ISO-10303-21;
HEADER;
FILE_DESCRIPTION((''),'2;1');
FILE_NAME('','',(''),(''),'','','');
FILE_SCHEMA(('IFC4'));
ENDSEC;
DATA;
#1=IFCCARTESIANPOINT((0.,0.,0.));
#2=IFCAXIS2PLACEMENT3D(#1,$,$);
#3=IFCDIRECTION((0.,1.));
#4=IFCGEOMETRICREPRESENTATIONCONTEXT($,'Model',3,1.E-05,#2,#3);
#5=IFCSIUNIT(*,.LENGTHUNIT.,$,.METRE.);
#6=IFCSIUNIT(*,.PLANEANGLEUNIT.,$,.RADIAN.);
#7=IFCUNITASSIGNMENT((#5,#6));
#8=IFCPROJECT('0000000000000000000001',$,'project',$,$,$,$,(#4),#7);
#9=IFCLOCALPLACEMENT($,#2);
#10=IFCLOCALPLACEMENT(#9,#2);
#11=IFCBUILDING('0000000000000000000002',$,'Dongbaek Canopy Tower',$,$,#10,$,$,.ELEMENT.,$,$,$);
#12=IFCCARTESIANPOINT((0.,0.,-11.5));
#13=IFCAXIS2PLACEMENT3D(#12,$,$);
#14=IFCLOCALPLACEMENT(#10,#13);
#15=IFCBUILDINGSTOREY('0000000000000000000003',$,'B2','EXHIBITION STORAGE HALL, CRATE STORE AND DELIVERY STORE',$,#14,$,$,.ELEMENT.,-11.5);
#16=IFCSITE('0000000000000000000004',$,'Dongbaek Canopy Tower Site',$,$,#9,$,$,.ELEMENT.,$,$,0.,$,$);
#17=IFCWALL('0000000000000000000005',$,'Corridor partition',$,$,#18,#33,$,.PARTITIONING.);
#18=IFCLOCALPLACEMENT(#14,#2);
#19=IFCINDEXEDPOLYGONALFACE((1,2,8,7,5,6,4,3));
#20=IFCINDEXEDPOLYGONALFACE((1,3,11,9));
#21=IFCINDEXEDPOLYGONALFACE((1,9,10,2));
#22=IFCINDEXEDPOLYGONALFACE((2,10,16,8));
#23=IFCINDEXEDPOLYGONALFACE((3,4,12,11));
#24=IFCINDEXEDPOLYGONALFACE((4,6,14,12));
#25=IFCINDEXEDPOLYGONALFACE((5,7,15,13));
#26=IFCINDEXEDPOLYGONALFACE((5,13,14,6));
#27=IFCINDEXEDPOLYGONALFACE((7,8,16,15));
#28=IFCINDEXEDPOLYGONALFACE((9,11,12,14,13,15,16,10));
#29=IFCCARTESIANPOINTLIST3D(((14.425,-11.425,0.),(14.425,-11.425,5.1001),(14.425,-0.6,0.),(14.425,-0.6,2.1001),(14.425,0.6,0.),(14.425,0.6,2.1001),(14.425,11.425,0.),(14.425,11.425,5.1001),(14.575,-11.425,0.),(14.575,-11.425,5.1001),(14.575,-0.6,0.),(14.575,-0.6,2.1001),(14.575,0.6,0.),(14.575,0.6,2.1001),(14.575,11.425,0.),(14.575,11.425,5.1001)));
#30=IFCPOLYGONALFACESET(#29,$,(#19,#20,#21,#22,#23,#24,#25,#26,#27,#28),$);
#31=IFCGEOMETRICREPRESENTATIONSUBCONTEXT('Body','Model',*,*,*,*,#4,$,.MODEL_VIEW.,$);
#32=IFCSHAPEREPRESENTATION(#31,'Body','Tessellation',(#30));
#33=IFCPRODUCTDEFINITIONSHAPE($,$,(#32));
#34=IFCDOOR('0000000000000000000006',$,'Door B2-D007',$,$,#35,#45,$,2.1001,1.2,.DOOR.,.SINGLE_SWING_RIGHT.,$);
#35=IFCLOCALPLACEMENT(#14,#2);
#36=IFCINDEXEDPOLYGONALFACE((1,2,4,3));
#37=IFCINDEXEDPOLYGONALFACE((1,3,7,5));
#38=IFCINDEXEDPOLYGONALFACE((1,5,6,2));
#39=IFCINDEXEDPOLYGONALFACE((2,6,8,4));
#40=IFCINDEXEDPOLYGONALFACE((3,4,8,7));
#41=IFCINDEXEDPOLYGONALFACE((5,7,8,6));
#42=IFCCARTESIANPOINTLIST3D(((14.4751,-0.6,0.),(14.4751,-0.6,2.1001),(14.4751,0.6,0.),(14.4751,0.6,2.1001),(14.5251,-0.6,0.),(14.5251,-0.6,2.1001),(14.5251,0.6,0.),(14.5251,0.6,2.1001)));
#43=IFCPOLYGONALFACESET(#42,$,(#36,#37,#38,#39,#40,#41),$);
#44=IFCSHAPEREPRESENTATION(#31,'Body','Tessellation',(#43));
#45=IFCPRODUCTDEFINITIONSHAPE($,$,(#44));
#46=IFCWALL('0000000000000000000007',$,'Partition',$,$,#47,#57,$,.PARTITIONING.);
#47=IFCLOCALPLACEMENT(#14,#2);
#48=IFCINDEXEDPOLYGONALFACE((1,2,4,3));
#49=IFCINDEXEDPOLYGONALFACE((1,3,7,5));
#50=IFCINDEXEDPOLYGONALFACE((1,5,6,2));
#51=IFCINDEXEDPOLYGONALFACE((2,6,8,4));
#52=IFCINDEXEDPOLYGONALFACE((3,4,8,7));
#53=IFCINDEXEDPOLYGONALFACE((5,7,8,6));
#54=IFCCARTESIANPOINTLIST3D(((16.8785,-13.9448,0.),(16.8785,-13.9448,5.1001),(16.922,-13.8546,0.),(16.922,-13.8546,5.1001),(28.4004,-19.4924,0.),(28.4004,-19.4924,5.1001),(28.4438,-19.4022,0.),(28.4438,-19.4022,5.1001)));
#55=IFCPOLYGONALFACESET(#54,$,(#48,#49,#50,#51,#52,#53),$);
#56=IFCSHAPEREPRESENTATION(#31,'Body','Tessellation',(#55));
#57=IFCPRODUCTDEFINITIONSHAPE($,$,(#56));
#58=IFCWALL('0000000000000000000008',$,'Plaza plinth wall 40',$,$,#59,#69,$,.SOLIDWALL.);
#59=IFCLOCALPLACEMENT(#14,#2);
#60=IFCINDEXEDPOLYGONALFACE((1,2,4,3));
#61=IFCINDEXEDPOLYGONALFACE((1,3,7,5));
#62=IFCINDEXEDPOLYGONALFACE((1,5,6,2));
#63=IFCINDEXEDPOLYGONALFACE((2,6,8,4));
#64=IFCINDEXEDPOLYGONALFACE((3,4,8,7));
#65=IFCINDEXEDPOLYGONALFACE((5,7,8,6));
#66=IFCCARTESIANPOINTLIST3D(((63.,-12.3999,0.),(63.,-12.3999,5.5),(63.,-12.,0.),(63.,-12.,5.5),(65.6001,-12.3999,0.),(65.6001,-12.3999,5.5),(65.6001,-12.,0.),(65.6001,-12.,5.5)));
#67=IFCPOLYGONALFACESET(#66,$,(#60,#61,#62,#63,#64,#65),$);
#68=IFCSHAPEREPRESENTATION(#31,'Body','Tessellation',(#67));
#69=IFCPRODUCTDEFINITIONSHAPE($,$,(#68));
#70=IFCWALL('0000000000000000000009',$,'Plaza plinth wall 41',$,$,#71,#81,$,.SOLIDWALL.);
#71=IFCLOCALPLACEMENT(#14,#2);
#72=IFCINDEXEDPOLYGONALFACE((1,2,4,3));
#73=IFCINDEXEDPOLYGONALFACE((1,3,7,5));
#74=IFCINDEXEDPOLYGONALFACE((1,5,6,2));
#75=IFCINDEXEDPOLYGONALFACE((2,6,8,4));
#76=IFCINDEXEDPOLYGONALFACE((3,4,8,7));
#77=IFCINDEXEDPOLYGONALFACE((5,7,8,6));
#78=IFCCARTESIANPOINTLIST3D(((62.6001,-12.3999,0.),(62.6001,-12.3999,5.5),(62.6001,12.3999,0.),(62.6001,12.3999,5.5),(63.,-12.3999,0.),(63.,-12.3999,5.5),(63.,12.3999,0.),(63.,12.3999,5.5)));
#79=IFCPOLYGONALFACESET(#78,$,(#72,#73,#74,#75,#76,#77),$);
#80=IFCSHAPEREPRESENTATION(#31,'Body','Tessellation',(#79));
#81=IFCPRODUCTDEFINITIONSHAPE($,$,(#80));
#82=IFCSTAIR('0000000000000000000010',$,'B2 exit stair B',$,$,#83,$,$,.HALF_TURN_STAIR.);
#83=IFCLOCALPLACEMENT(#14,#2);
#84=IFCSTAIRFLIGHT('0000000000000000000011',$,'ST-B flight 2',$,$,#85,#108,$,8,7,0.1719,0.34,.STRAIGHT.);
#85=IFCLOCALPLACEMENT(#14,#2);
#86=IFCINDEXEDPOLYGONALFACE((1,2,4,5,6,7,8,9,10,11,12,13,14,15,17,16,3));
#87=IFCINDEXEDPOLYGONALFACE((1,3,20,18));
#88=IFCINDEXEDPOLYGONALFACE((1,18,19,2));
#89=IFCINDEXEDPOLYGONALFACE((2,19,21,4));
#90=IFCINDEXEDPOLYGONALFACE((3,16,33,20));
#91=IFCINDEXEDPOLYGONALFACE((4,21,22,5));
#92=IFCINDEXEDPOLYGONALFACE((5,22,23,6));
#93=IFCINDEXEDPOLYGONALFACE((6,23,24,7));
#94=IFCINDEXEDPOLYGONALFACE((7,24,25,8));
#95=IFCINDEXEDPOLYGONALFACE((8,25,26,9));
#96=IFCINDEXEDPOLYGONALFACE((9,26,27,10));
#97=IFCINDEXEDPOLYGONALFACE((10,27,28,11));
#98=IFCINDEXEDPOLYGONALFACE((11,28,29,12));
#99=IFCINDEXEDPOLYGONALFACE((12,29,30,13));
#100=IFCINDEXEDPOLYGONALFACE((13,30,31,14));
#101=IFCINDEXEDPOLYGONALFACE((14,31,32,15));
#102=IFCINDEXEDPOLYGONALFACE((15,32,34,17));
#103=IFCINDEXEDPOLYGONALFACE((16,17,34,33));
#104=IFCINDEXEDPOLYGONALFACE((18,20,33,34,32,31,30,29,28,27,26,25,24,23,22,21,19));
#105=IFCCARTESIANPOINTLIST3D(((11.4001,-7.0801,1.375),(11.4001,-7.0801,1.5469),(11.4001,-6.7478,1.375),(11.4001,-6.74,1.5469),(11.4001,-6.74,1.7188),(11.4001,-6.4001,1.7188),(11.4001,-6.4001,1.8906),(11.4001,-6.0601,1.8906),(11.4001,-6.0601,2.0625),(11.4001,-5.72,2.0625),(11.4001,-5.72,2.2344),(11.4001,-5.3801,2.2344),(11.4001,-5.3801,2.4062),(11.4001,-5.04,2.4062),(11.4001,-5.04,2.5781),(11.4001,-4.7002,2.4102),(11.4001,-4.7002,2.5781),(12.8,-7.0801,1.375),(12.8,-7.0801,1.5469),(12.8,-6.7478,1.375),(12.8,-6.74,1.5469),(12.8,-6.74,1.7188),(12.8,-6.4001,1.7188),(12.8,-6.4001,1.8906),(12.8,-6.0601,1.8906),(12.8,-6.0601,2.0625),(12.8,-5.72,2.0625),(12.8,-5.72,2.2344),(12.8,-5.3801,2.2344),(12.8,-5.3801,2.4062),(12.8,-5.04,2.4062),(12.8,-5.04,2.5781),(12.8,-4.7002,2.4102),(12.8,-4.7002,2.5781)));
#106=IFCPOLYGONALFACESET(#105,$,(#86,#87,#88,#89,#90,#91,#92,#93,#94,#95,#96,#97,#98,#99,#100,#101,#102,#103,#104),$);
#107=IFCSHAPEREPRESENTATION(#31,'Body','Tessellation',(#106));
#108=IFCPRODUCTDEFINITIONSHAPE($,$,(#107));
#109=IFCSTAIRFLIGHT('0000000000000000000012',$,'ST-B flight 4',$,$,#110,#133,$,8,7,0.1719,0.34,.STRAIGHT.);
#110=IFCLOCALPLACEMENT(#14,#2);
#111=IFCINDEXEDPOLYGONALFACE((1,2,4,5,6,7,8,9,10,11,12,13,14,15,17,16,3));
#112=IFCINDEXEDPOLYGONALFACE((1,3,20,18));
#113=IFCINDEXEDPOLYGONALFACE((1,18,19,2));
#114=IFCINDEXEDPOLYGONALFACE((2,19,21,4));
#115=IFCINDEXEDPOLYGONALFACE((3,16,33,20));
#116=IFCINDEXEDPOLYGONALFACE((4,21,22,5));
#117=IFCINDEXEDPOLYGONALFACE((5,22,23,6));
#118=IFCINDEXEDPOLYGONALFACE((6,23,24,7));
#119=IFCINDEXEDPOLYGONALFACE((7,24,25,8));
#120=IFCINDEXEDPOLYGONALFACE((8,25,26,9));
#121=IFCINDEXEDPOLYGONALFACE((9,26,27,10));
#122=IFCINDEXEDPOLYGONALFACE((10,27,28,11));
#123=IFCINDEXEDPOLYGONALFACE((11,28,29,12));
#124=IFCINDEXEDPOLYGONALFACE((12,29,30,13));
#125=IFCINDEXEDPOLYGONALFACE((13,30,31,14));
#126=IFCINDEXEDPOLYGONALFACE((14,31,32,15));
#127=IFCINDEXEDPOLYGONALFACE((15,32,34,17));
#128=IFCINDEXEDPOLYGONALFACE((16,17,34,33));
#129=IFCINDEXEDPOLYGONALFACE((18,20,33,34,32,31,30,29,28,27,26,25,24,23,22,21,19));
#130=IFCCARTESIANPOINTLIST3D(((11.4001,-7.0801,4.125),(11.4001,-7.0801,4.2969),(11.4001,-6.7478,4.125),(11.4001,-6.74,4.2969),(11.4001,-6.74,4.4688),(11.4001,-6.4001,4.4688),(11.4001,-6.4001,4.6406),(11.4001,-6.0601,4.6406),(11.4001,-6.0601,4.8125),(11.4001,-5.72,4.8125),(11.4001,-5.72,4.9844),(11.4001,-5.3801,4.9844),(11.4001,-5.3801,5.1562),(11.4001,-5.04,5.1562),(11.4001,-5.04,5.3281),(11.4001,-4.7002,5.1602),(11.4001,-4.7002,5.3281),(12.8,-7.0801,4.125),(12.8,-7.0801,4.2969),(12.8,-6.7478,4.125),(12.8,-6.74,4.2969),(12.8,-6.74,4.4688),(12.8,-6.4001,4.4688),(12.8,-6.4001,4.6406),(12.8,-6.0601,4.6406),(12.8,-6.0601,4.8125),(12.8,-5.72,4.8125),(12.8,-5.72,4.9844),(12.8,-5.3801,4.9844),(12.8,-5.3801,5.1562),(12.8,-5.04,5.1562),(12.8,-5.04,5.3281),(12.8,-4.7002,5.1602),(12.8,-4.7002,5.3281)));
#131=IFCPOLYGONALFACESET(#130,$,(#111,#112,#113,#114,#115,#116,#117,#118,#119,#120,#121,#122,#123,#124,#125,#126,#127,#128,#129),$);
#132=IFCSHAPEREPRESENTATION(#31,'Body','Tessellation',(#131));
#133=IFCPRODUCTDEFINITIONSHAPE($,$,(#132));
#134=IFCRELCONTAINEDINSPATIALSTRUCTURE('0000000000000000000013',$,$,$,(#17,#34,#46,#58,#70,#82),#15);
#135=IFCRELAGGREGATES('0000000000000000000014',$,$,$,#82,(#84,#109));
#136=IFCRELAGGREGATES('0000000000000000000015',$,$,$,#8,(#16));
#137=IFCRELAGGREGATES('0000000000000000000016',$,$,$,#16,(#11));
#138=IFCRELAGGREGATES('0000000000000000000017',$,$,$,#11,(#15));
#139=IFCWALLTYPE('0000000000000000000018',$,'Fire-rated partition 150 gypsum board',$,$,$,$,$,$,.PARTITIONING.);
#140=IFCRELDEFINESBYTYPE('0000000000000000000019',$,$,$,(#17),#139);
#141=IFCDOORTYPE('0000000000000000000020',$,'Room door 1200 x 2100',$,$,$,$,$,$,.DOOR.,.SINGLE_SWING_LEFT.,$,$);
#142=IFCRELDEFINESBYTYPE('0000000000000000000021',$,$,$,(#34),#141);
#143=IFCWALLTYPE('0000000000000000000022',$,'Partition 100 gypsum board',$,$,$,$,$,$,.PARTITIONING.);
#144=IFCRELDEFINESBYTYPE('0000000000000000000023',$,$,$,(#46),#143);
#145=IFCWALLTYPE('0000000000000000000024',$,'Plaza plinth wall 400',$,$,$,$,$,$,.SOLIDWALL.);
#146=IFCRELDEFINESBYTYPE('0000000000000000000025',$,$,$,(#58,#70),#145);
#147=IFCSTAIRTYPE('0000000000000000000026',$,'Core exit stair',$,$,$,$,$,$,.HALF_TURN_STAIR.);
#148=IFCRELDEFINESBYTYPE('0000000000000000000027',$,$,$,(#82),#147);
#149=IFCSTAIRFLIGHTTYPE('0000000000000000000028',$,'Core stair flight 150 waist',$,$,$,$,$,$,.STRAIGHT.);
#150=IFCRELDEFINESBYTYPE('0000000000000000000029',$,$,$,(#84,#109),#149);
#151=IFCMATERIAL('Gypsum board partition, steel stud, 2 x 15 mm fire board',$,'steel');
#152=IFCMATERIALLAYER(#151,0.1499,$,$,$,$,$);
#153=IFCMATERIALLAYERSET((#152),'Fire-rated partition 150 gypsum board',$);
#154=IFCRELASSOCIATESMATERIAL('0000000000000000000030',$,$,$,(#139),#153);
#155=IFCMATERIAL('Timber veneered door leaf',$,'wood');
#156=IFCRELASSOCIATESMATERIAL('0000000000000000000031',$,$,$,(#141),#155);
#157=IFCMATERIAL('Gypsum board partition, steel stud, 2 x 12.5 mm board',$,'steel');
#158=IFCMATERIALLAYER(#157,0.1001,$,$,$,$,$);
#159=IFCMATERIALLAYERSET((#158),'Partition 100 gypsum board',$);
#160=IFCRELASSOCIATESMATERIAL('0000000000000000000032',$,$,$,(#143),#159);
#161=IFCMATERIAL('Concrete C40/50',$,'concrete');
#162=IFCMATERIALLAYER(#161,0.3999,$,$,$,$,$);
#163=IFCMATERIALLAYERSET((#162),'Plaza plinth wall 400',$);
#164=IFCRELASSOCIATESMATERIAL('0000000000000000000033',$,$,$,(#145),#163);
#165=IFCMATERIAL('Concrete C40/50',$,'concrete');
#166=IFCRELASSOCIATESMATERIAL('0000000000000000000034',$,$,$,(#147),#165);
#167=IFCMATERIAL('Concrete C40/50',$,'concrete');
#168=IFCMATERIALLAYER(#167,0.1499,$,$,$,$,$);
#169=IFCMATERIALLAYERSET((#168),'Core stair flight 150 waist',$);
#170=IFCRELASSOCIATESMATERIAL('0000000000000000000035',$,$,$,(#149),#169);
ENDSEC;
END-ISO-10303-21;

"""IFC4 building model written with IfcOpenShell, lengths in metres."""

from ifc_helpers import new_model, si_unit, direction, frame, frame_2d, origin, place, context, subcontext, project, spatial, polyline, rectangle, outline, extrude, material, layer, layer_set, type_object, element, fill, aggregate, save


model = new_model("IFC4")

# Units and contexts
model_context = context("Model", 3, precision=1e-05, world=origin(), true_north=direction((0.0, 1.0)))
body_context = subcontext(model_context, "Body", "Model", "MODEL_VIEW")
ifc_project = project(units=[si_unit("LENGTHUNIT", "METRE"), si_unit("PLANEANGLEUNIT", "RADIAN")], contexts=[model_context])

# Site, building, storey
site_placement = place(None, origin())
site = spatial("IfcSite", under=ifc_project, at=site_placement, Name="Dongbaek Canopy Tower Site", CompositionType="ELEMENT", RefElevation=0.0)
building_placement = place(site_placement, origin())
building = spatial("IfcBuilding", under=site, at=building_placement, Name="Dongbaek Canopy Tower", CompositionType="ELEMENT")
storey_placement = place(building_placement, frame((0.0, 0.0, -11.5)))
storey = spatial("IfcBuildingStorey", under=building, at=storey_placement, Name="B2", Description="EXHIBITION STORAGE HALL, CRATE STORE AND DELIVERY STORE", CompositionType="ELEMENT", Elevation=-11.5)

# Shared definitions
ifc_material_1 = material(Name="Gypsum board partition, steel stud, 2 x 15 mm fire board", Category="steel")
ifc_layer_1 = layer(ifc_material_1, 0.1499)
ifc_layer_set_1 = layer_set([ifc_layer_1], Name="Fire-rated partition 150 gypsum board")
wall_type_1 = type_object("IfcWallType", Name="Fire-rated partition 150 gypsum board", PredefinedType="PARTITIONING", material=ifc_layer_set_1)
ifc_material_2 = material(Name="Timber veneered door leaf", Category="wood")
door_type_1 = type_object("IfcDoorType", Name="Room door 1200 x 2100", OperationType="SINGLE_SWING_LEFT", PredefinedType="DOOR", material=ifc_material_2)

# Wall, opening, door
wall_1_placement = place(storey_placement, frame((14.5, -11.425, 0.0), z_axis=(0.0, 0.0, 1.0), x_axis=(0.0, 1.0, 0.0)))
wall_1 = element("IfcWall", 1, at=wall_1_placement, inside=storey, type_object=wall_type_1, Name="Corridor partition", PredefinedType="PARTITIONING", context=body_context, shape_type="SweptSolid", body=[
    extrude(rectangle(XDim=22.8501, YDim=0.1499, at=frame_2d((11.425, 0.0))), origin(), (0.0, 0.0, 1.0), 5.1001),
])
opening_1_placement = place(wall_1_placement, frame((10.825, 0.0, 0.0)))
opening_1 = element("IfcOpeningElement", 2, at=opening_1_placement, cuts=wall_1, PredefinedType="OPENING", context=body_context, shape_type="SweptSolid", body=[
    extrude(rectangle(XDim=1.2, YDim=2.1001, at=frame_2d((0.6001, 1.05))), frame((0.0, 0.085, 0.0), z_axis=(0.0, -1.0, 0.0), x_axis=(1.0, 0.0, 0.0)), (0.0, 0.0, 1.0), 0.1699),
])
door_1_placement = place(opening_1_placement, origin())
door_1 = element("IfcDoor", 3, at=door_1_placement, inside=storey, type_object=door_type_1, Name="Door B2-D007", OperationType="SINGLE_SWING_RIGHT", OverallHeight=2.1001, OverallWidth=1.2, PredefinedType="DOOR", context=body_context, shape_type="SweptSolid", body=[
    extrude(rectangle(XDim=1.2, YDim=2.1001, at=frame_2d((0.6001, 1.05))), frame((0.0, 0.0249, 0.0), z_axis=(0.0, -1.0, 0.0), x_axis=(1.0, 0.0, 0.0)), (0.0, 0.0, 1.0), 0.05),
])
fill(opening_1, door_1)

# Walls
ifc_material_3 = material(Name="Gypsum board partition, steel stud, 2 x 12.5 mm board", Category="steel")
ifc_layer_2 = layer(ifc_material_3, 0.1001)
ifc_layer_set_2 = layer_set([ifc_layer_2], Name="Partition 100 gypsum board")
wall_type_2 = type_object("IfcWallType", Name="Partition 100 gypsum board", PredefinedType="PARTITIONING", material=ifc_layer_set_2)
wall_2_placement = place(storey_placement, frame((16.9001, -13.8997, 0.0), z_axis=(0.0, 0.0, 1.0), x_axis=(0.901002, -0.433815, 0.0)))
element("IfcWall", 4, at=wall_2_placement, inside=storey, type_object=wall_type_2, Name="Partition", PredefinedType="PARTITIONING", context=body_context, shape_type="SweptSolid", body=[
    extrude(rectangle(XDim=12.7878, YDim=0.1001, at=frame_2d((6.394, 0.0))), origin(), (0.0, 0.0, 1.0), 5.1001),
])
ifc_material_4 = material(Name="Concrete C40/50", Category="concrete")
ifc_layer_3 = layer(ifc_material_4, 0.3999)
ifc_layer_set_3 = layer_set([ifc_layer_3], Name="Plaza plinth wall 400")
wall_type_3 = type_object("IfcWallType", Name="Plaza plinth wall 400", PredefinedType="SOLIDWALL", material=ifc_layer_set_3)
wall_3_placement = place(storey_placement, frame((63.0, -12.2, 0.0), z_axis=(0.0, 0.0, 1.0), x_axis=(1.0, 0.0, 0.0)))
element("IfcWall", 5, at=wall_3_placement, inside=storey, type_object=wall_type_3, Name="Plaza plinth wall 40", PredefinedType="SOLIDWALL", context=body_context, shape_type="SweptSolid", body=[
    extrude(rectangle(XDim=2.6001, YDim=0.3999, at=frame_2d((1.3, 0.0))), origin(), (0.0, 0.0, 1.0), 5.5),
])
wall_4_placement = place(storey_placement, frame((62.8, -12.3999, 0.0), z_axis=(0.0, 0.0, 1.0), x_axis=(0.0, 1.0, 0.0)))
element("IfcWall", 6, at=wall_4_placement, inside=storey, type_object=wall_type_3, Name="Plaza plinth wall 41", PredefinedType="SOLIDWALL", context=body_context, shape_type="SweptSolid", body=[
    extrude(rectangle(XDim=24.7998, YDim=0.3999, at=frame_2d((12.3999, 0.0))), origin(), (0.0, 0.0, 1.0), 5.5),
])

# Stair, stair flights
ifc_material_5 = material(Name="Concrete C40/50", Category="concrete")
stair_type = type_object("IfcStairType", Name="Core exit stair", PredefinedType="HALF_TURN_STAIR", material=ifc_material_5)
stair_placement = place(storey_placement, origin())
stair = element("IfcStair", 7, at=stair_placement, inside=storey, type_object=stair_type, Name="B2 exit stair B", PredefinedType="HALF_TURN_STAIR")
ifc_material_6 = material(Name="Concrete C40/50", Category="concrete")
ifc_layer_4 = layer(ifc_material_6, 0.1499)
ifc_layer_set_4 = layer_set([ifc_layer_4], Name="Core stair flight 150 waist")
stair_flight_type = type_object("IfcStairFlightType", Name="Core stair flight 150 waist", PredefinedType="STRAIGHT", material=ifc_layer_set_4)
stair_flight_1_placement = place(storey_placement, frame((12.1001, -7.0801, 1.375), z_axis=(0.0, 0.0, 1.0), x_axis=(0.0, 1.0, 0.0)))
stair_flight_1 = element("IfcStairFlight", 8, at=stair_flight_1_placement, type_object=stair_flight_type, Name="ST-B flight 2", NumberOfRisers=8, NumberOfTreads=7, PredefinedType="STRAIGHT", RiserHeight=0.1719, TreadLength=0.34, context=body_context, shape_type="SweptSolid", body=[
    extrude(outline(polyline([(0.0, 0.0), (0.0, 0.1719), (0.3401, 0.1719), (0.3401, 0.3438), (0.6799, 0.3438), (0.6799, 0.5156), (1.02, 0.5156), (1.02, 0.6875), (1.3601, 0.6875), (1.3601, 0.8594), (1.7, 0.8594), (1.7, 1.0312), (2.04, 1.0312), (2.04, 1.2031), (2.3799, 1.2031), (2.3799, 1.375), (2.3799, 1.0352), (0.3323, 0.0), (0.0, 0.0)])), frame((0.0, 0.7, 0.0), z_axis=(0.0, -1.0, 0.0), x_axis=(1.0, 0.0, 0.0)), (0.0, 0.0, 1.0), 1.3999),
])
stair_flight_2_placement = place(storey_placement, frame((12.1001, -7.0801, 4.125), z_axis=(0.0, 0.0, 1.0), x_axis=(0.0, 1.0, 0.0)))
stair_flight_2 = element("IfcStairFlight", 9, at=stair_flight_2_placement, type_object=stair_flight_type, Name="ST-B flight 4", NumberOfRisers=8, NumberOfTreads=7, PredefinedType="STRAIGHT", RiserHeight=0.1719, TreadLength=0.34, context=body_context, shape_type="SweptSolid", body=[
    extrude(outline(polyline([(0.0, 0.0), (0.0, 0.1719), (0.3401, 0.1719), (0.3401, 0.3438), (0.6799, 0.3438), (0.6799, 0.5156), (1.02, 0.5156), (1.02, 0.6875), (1.3601, 0.6875), (1.3601, 0.8594), (1.7, 0.8594), (1.7, 1.0312), (2.04, 1.0312), (2.04, 1.2031), (2.3799, 1.2031), (2.3799, 1.375), (2.3799, 1.0352), (0.3323, 0.0), (0.0, 0.0)])), frame((0.0, 0.7, 0.0), z_axis=(0.0, -1.0, 0.0), x_axis=(1.0, 0.0, 0.0)), (0.0, 0.0, 1.0), 1.3999),
])
aggregate(stair, [stair_flight_1, stair_flight_2])

save(model, "model.ifc")
